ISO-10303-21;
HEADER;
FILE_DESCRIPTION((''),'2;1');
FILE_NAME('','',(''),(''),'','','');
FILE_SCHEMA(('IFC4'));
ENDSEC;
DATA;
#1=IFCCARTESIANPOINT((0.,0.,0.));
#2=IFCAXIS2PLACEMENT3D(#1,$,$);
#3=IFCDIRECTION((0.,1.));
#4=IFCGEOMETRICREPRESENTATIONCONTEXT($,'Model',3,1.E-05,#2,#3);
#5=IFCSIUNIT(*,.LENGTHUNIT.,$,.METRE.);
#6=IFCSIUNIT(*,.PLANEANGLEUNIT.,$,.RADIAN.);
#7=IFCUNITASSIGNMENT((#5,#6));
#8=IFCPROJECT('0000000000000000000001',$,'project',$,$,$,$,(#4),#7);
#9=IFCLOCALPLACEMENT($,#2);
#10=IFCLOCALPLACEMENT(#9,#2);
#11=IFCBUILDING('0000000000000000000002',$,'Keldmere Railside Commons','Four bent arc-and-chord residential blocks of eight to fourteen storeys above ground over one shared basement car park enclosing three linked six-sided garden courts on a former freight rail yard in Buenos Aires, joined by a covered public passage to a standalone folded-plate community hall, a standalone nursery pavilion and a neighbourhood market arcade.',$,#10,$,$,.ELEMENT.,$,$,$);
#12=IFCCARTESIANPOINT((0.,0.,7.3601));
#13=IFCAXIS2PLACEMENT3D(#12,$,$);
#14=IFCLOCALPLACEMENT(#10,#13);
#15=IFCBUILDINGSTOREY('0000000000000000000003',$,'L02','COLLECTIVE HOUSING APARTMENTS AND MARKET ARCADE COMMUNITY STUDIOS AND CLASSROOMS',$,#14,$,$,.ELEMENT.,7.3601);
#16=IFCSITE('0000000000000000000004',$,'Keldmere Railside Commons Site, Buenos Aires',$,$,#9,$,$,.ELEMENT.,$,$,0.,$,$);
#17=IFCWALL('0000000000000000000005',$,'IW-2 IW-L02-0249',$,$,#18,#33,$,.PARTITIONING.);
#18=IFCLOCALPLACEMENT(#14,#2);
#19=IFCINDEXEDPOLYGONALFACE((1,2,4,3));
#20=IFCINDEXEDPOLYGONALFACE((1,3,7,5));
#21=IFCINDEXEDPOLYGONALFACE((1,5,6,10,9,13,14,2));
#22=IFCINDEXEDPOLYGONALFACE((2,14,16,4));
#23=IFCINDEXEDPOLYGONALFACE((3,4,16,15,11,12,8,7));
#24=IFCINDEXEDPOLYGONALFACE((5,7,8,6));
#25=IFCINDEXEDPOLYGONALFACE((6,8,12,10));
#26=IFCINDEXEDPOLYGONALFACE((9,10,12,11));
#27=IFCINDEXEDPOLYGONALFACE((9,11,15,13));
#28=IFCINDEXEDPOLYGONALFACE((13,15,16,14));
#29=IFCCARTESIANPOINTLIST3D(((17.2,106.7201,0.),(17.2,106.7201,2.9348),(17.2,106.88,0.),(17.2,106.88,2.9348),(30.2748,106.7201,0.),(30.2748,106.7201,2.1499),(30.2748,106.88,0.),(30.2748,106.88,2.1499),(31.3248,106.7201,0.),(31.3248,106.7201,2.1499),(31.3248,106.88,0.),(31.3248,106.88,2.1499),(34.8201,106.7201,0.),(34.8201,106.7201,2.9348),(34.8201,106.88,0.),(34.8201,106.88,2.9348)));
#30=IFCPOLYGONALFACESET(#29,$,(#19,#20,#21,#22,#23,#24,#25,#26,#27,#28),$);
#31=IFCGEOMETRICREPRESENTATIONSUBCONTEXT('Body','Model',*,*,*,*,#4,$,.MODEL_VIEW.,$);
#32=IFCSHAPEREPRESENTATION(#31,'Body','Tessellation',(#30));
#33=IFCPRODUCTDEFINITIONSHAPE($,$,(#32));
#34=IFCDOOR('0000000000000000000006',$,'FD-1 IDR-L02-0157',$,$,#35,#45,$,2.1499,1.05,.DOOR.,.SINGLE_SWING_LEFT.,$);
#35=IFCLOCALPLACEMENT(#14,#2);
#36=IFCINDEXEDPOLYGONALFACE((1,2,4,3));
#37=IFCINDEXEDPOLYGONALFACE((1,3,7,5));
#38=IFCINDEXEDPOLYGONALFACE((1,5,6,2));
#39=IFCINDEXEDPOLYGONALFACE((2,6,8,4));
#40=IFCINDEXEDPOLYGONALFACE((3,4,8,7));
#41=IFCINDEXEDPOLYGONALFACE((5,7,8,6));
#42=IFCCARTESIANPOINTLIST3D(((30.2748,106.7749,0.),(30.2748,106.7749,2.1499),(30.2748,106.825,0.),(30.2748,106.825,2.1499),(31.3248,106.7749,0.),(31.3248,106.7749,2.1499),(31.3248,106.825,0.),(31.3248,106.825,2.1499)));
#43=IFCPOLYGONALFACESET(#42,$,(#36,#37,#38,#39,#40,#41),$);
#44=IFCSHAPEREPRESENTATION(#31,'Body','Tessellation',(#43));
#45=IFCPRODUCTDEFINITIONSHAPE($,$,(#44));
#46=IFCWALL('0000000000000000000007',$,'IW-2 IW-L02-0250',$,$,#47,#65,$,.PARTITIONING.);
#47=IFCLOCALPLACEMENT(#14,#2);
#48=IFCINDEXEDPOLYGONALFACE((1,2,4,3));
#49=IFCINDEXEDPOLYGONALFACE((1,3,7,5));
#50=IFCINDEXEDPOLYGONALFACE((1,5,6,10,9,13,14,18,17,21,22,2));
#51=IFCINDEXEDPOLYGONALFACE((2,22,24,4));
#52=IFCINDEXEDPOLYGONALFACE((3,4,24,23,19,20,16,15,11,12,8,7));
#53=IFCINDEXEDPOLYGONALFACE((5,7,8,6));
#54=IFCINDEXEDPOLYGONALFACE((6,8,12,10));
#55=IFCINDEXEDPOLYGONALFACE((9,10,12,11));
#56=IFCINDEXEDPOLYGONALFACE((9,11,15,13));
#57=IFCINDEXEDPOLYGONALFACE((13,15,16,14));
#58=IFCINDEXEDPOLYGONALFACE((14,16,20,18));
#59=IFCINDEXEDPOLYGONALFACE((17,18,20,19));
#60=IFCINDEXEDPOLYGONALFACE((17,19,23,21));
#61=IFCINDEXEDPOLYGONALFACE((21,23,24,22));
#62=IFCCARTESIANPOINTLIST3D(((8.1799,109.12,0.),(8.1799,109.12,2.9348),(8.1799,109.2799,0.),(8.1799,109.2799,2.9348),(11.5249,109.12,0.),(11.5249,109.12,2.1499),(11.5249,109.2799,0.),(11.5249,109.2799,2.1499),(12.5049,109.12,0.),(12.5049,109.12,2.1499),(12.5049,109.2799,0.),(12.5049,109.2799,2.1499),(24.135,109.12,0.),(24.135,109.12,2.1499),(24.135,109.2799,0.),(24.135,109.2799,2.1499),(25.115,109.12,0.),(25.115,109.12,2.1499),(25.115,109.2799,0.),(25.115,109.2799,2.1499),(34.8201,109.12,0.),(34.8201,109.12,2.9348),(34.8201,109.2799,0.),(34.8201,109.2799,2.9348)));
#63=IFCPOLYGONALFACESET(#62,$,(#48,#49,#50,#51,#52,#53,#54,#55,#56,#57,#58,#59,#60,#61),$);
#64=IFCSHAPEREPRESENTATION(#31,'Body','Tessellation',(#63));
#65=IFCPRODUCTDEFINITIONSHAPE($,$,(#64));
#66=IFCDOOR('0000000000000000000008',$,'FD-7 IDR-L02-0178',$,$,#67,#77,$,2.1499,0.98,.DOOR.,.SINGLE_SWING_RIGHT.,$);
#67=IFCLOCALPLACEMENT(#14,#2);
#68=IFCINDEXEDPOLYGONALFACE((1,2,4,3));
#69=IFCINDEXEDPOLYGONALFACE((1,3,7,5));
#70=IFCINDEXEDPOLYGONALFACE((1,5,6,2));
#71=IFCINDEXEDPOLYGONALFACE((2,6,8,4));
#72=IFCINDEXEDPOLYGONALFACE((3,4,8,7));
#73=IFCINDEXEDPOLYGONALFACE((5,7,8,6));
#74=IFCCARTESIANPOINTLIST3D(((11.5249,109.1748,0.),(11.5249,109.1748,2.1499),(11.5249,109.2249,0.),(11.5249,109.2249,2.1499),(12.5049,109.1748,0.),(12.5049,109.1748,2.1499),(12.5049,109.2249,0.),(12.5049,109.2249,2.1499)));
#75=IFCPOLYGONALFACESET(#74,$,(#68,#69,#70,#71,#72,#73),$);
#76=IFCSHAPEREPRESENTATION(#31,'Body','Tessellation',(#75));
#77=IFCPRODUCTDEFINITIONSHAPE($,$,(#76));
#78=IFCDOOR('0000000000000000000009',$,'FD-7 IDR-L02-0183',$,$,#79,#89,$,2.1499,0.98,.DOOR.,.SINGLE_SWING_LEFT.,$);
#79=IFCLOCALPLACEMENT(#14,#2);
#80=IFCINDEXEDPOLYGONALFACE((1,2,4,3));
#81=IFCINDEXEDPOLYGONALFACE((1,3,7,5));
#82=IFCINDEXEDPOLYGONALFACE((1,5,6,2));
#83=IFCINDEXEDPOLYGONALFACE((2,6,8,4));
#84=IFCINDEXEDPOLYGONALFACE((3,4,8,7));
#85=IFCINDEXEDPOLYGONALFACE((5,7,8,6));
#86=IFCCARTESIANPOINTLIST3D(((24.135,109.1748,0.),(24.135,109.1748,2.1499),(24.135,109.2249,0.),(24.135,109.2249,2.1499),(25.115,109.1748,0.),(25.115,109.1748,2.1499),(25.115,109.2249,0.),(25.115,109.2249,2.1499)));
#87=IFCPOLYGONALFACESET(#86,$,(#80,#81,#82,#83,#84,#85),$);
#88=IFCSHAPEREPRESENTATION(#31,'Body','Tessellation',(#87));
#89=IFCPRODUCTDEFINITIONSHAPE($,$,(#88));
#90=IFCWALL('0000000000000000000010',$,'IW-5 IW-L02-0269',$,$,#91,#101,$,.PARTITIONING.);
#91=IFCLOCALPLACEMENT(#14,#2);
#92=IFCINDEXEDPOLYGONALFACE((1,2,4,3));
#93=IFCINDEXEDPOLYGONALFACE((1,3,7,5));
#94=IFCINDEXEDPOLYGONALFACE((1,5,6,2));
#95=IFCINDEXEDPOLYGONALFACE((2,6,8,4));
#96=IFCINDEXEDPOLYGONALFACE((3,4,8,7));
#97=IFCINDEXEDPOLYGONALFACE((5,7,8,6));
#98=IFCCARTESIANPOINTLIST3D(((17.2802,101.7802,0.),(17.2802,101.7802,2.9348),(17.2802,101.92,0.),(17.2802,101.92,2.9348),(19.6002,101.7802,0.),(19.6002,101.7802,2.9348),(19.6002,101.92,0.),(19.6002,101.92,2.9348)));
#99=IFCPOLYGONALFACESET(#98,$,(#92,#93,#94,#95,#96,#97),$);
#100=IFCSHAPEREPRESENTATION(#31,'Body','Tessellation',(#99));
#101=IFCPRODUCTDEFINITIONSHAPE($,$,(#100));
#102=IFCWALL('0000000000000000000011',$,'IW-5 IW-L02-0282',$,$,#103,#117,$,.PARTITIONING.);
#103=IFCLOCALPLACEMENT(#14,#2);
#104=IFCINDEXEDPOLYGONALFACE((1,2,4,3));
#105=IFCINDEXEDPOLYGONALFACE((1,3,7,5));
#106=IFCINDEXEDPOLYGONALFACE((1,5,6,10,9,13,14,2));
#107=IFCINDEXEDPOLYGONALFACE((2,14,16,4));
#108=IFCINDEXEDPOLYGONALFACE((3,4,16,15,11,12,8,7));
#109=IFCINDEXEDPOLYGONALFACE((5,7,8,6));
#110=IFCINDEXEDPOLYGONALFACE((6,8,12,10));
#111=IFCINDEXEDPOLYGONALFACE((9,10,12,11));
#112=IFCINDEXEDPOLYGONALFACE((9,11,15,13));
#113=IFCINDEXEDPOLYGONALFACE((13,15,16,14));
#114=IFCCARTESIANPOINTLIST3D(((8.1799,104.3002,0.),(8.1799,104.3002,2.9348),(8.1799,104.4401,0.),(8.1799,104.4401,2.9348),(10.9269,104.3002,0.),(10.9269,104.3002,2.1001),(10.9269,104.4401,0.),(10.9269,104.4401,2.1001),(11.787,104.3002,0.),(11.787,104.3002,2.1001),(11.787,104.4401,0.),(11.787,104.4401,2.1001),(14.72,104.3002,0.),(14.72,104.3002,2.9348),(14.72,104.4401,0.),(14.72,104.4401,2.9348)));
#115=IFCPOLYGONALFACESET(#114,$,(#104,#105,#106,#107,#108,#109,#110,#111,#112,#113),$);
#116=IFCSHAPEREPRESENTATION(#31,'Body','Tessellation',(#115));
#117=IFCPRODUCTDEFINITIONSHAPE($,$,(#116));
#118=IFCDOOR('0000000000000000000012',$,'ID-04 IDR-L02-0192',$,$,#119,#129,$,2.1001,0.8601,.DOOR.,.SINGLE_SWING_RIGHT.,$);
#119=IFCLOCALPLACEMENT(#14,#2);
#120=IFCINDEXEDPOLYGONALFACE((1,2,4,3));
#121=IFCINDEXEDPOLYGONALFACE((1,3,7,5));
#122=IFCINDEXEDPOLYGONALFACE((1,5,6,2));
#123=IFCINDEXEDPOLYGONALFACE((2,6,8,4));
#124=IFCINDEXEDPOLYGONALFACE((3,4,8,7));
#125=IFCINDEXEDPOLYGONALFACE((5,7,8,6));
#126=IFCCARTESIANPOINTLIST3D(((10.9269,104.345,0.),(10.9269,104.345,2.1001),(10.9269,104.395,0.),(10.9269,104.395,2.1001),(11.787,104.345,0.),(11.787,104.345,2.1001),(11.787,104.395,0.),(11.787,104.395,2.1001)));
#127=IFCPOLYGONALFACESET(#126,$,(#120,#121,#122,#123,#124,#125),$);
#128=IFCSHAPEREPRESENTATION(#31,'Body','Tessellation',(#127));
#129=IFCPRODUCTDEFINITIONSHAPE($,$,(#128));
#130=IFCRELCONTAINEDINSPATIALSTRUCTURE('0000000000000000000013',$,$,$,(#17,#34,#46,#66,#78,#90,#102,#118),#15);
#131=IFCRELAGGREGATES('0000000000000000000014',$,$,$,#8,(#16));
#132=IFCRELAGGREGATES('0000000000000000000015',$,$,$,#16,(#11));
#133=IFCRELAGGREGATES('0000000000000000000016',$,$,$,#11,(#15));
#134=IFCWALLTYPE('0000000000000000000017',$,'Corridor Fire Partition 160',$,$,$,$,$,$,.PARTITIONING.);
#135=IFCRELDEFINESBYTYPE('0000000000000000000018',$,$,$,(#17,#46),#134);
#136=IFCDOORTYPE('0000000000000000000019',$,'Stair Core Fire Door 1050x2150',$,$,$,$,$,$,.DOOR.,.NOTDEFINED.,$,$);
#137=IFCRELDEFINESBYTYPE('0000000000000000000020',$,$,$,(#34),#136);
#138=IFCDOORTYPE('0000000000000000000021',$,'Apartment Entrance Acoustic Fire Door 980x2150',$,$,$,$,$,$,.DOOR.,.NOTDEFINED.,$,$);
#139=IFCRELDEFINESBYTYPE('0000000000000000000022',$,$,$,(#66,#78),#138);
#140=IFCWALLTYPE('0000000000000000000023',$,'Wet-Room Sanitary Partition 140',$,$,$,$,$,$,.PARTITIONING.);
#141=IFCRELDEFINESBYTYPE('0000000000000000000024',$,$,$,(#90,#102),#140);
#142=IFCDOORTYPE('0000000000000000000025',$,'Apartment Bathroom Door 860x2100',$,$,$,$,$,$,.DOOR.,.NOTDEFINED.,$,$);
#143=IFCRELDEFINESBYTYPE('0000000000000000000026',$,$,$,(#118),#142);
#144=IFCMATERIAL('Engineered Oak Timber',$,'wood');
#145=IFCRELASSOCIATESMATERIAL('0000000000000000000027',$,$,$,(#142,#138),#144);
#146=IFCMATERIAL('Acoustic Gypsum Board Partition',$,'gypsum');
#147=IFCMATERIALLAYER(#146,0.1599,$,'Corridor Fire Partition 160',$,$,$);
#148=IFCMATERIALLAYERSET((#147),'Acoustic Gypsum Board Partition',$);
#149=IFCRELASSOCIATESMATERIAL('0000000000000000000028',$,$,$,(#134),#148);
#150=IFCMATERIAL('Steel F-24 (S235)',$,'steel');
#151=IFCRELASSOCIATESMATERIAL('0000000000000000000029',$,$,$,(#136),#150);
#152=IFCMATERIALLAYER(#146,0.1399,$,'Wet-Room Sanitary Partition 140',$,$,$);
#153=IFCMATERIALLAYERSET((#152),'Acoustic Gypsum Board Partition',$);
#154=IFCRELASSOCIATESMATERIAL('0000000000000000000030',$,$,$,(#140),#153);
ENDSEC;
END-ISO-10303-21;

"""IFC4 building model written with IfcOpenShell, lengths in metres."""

from ifc_helpers import new_model, si_unit, direction, frame, frame_2d, origin, place, context, subcontext, project, spatial, rectangle, extrude, material, layer, layer_set, type_object, element, fill, save


model = new_model("IFC4")

# Units and contexts
model_context = context("Model", 3, precision=1e-05, world=origin(), true_north=direction((0.0, 1.0)))
body_context = subcontext(model_context, "Body", "Model", "MODEL_VIEW")
ifc_project = project(units=[si_unit("LENGTHUNIT", "METRE"), si_unit("PLANEANGLEUNIT", "RADIAN")], contexts=[model_context])

# Site, building, storey
site_placement = place(None, origin())
site = spatial("IfcSite", under=ifc_project, at=site_placement, Name="Keldmere Railside Commons Site, Buenos Aires", CompositionType="ELEMENT", RefElevation=0.0)
building_placement = place(site_placement, origin())
building = spatial("IfcBuilding", under=site, at=building_placement, Name="Keldmere Railside Commons", Description="Four bent arc-and-chord residential blocks of eight to fourteen storeys above ground over one shared basement car park enclosing three linked six-sided garden courts on a former freight rail yard in Buenos Aires, joined by a covered public passage to a standalone folded-plate community hall, a standalone nursery pavilion and a neighbourhood market arcade.", CompositionType="ELEMENT")
storey_placement = place(building_placement, frame((0.0, 0.0, 7.3601)))
storey = spatial("IfcBuildingStorey", under=building, at=storey_placement, Name="L02", Description="COLLECTIVE HOUSING APARTMENTS AND MARKET ARCADE COMMUNITY STUDIOS AND CLASSROOMS", CompositionType="ELEMENT", Elevation=7.3601)

# Shared definitions
ifc_material_1 = material(Name="Acoustic Gypsum Board Partition", Category="gypsum")
ifc_material_2 = material(Name="Engineered Oak Timber", Category="wood")
door_type_1 = type_object("IfcDoorType", Name="Apartment Bathroom Door 860x2100", OperationType="NOTDEFINED", PredefinedType="DOOR", material=ifc_material_2)

# Shared definitions
ifc_layer_1 = layer(ifc_material_1, 0.1599, Name="Corridor Fire Partition 160")
ifc_layer_set_1 = layer_set([ifc_layer_1], Name="Acoustic Gypsum Board Partition")
wall_type_1 = type_object("IfcWallType", Name="Corridor Fire Partition 160", PredefinedType="PARTITIONING", material=ifc_layer_set_1)

# Wall, opening, door
wall_1_placement = place(storey_placement, frame((17.2, 106.8, 0.0), z_axis=(0.0, 0.0, 1.0), x_axis=(1.0, 0.0, 0.0)))
wall_1 = element("IfcWall", 1, at=wall_1_placement, inside=storey, type_object=wall_type_1, Name="IW-2 IW-L02-0249", PredefinedType="PARTITIONING", context=body_context, shape_type="SweptSolid", body=[
    extrude(rectangle(XDim=17.6201, YDim=0.1599, at=frame_2d((8.8101, 0.0))), origin(), (0.0, 0.0, 1.0), 2.9348),
])
opening_1_placement = place(wall_1_placement, frame((13.075, 0.0, 0.0)))
opening_1 = element("IfcOpeningElement", 2, at=opening_1_placement, cuts=wall_1, PredefinedType="OPENING", context=body_context, shape_type="SweptSolid", body=[
    extrude(rectangle(XDim=1.05, YDim=2.1499, at=frame_2d((0.5249, 1.075))), frame((0.0, 0.0898, 0.0), z_axis=(0.0, -1.0, 0.0), x_axis=(1.0, 0.0, 0.0)), (0.0, 0.0, 1.0), 0.1799),
])
ifc_material_3 = material(Name="Steel F-24 (S235)", Category="steel")
door_type_2 = type_object("IfcDoorType", Name="Stair Core Fire Door 1050x2150", OperationType="NOTDEFINED", PredefinedType="DOOR", material=ifc_material_3)
door_1_placement = place(opening_1_placement, origin())
door_1 = element("IfcDoor", 3, at=door_1_placement, inside=storey, type_object=door_type_2, Name="FD-1 IDR-L02-0157", OperationType="SINGLE_SWING_LEFT", OverallHeight=2.1499, OverallWidth=1.05, PredefinedType="DOOR", context=body_context, shape_type="SweptSolid", body=[
    extrude(rectangle(XDim=1.05, YDim=2.1499, at=frame_2d((0.5249, 1.075))), frame((0.0, 0.0249, 0.0), z_axis=(0.0, -1.0, 0.0), x_axis=(1.0, 0.0, 0.0)), (0.0, 0.0, 1.0), 0.05),
])
fill(opening_1, door_1)

# Wall, openings, doors
wall_2_placement = place(storey_placement, frame((8.1799, 109.2, 0.0), z_axis=(0.0, 0.0, 1.0), x_axis=(1.0, 0.0, 0.0)))
wall_2 = element("IfcWall", 4, at=wall_2_placement, inside=storey, type_object=wall_type_1, Name="IW-2 IW-L02-0250", PredefinedType="PARTITIONING", context=body_context, shape_type="SweptSolid", body=[
    extrude(rectangle(XDim=26.6401, YDim=0.1599, at=frame_2d((13.3201, 0.0))), origin(), (0.0, 0.0, 1.0), 2.9348),
])
opening_2_placement = place(wall_2_placement, frame((3.345, 0.0, 0.0)))
opening_2 = element("IfcOpeningElement", 5, at=opening_2_placement, cuts=wall_2, PredefinedType="OPENING", context=body_context, shape_type="SweptSolid", body=[
    extrude(rectangle(XDim=0.98, YDim=2.1499, at=frame_2d((0.49, 1.075))), frame((0.0, 0.0898, 0.0), z_axis=(0.0, -1.0, 0.0), x_axis=(1.0, 0.0, 0.0)), (0.0, 0.0, 1.0), 0.1799),
])
opening_3_placement = place(wall_2_placement, frame((15.9551, 0.0, 0.0)))
opening_3 = element("IfcOpeningElement", 6, at=opening_3_placement, cuts=wall_2, PredefinedType="OPENING", context=body_context, shape_type="SweptSolid", body=[
    extrude(rectangle(XDim=0.98, YDim=2.1499, at=frame_2d((0.49, 1.075))), frame((0.0, 0.0898, 0.0), z_axis=(0.0, -1.0, 0.0), x_axis=(1.0, 0.0, 0.0)), (0.0, 0.0, 1.0), 0.1799),
])
door_type_3 = type_object("IfcDoorType", Name="Apartment Entrance Acoustic Fire Door 980x2150", OperationType="NOTDEFINED", PredefinedType="DOOR", material=ifc_material_2)
door_2_placement = place(opening_2_placement, origin())
door_2 = element("IfcDoor", 7, at=door_2_placement, inside=storey, type_object=door_type_3, Name="FD-7 IDR-L02-0178", OperationType="SINGLE_SWING_RIGHT", OverallHeight=2.1499, OverallWidth=0.98, PredefinedType="DOOR", context=body_context, shape_type="SweptSolid", body=[
    extrude(rectangle(XDim=0.98, YDim=2.1499, at=frame_2d((0.49, 1.075))), frame((0.0, 0.0249, 0.0), z_axis=(0.0, -1.0, 0.0), x_axis=(1.0, 0.0, 0.0)), (0.0, 0.0, 1.0), 0.05),
])
fill(opening_2, door_2)
door_3_placement = place(opening_3_placement, origin())
door_3 = element("IfcDoor", 8, at=door_3_placement, inside=storey, type_object=door_type_3, Name="FD-7 IDR-L02-0183", OperationType="SINGLE_SWING_LEFT", OverallHeight=2.1499, OverallWidth=0.98, PredefinedType="DOOR", context=body_context, shape_type="SweptSolid", body=[
    extrude(rectangle(XDim=0.98, YDim=2.1499, at=frame_2d((0.49, 1.075))), frame((0.0, 0.0249, 0.0), z_axis=(0.0, -1.0, 0.0), x_axis=(1.0, 0.0, 0.0)), (0.0, 0.0, 1.0), 0.05),
])
fill(opening_3, door_3)

# Wall
ifc_layer_2 = layer(ifc_material_1, 0.1399, Name="Wet-Room Sanitary Partition 140")
ifc_layer_set_2 = layer_set([ifc_layer_2], Name="Acoustic Gypsum Board Partition")
wall_type_2 = type_object("IfcWallType", Name="Wet-Room Sanitary Partition 140", PredefinedType="PARTITIONING", material=ifc_layer_set_2)
wall_3_placement = place(storey_placement, frame((17.28, 101.8501, 0.0), z_axis=(0.0, 0.0, 1.0), x_axis=(1.0, 0.0, 0.0)))
element("IfcWall", 9, at=wall_3_placement, inside=storey, type_object=wall_type_2, Name="IW-5 IW-L02-0269", PredefinedType="PARTITIONING", context=body_context, shape_type="SweptSolid", body=[
    extrude(rectangle(XDim=2.3201, YDim=0.1399, at=frame_2d((1.1602, 0.0))), origin(), (0.0, 0.0, 1.0), 2.9348),
])

# Wall, opening, door
wall_4_placement = place(storey_placement, frame((8.1799, 104.3701, 0.0), z_axis=(0.0, 0.0, 1.0), x_axis=(1.0, 0.0, 0.0)))
wall_4 = element("IfcWall", 10, at=wall_4_placement, inside=storey, type_object=wall_type_2, Name="IW-5 IW-L02-0282", PredefinedType="PARTITIONING", context=body_context, shape_type="SweptSolid", body=[
    extrude(rectangle(XDim=6.54, YDim=0.1399, at=frame_2d((3.27, 0.0))), origin(), (0.0, 0.0, 1.0), 2.9348),
])
opening_4_placement = place(wall_4_placement, frame((2.7468, 0.0, 0.0)))
opening_4 = element("IfcOpeningElement", 11, at=opening_4_placement, cuts=wall_4, PredefinedType="OPENING", context=body_context, shape_type="SweptSolid", body=[
    extrude(rectangle(XDim=0.8601, YDim=2.1001, at=frame_2d((0.4302, 1.05))), frame((0.0, 0.0798, 0.0), z_axis=(0.0, -1.0, 0.0), x_axis=(1.0, 0.0, 0.0)), (0.0, 0.0, 1.0), 0.1599),
])
door_4_placement = place(opening_4_placement, origin())
door_4 = element("IfcDoor", 12, at=door_4_placement, inside=storey, type_object=door_type_1, Name="ID-04 IDR-L02-0192", OperationType="SINGLE_SWING_RIGHT", OverallHeight=2.1001, OverallWidth=0.8601, PredefinedType="DOOR", context=body_context, shape_type="SweptSolid", body=[
    extrude(rectangle(XDim=0.8601, YDim=2.1001, at=frame_2d((0.4302, 1.05))), frame((0.0, 0.0249, 0.0), z_axis=(0.0, -1.0, 0.0), x_axis=(1.0, 0.0, 0.0)), (0.0, 0.0, 1.0), 0.05),
])
fill(opening_4, door_4)

save(model, "model.ifc")
